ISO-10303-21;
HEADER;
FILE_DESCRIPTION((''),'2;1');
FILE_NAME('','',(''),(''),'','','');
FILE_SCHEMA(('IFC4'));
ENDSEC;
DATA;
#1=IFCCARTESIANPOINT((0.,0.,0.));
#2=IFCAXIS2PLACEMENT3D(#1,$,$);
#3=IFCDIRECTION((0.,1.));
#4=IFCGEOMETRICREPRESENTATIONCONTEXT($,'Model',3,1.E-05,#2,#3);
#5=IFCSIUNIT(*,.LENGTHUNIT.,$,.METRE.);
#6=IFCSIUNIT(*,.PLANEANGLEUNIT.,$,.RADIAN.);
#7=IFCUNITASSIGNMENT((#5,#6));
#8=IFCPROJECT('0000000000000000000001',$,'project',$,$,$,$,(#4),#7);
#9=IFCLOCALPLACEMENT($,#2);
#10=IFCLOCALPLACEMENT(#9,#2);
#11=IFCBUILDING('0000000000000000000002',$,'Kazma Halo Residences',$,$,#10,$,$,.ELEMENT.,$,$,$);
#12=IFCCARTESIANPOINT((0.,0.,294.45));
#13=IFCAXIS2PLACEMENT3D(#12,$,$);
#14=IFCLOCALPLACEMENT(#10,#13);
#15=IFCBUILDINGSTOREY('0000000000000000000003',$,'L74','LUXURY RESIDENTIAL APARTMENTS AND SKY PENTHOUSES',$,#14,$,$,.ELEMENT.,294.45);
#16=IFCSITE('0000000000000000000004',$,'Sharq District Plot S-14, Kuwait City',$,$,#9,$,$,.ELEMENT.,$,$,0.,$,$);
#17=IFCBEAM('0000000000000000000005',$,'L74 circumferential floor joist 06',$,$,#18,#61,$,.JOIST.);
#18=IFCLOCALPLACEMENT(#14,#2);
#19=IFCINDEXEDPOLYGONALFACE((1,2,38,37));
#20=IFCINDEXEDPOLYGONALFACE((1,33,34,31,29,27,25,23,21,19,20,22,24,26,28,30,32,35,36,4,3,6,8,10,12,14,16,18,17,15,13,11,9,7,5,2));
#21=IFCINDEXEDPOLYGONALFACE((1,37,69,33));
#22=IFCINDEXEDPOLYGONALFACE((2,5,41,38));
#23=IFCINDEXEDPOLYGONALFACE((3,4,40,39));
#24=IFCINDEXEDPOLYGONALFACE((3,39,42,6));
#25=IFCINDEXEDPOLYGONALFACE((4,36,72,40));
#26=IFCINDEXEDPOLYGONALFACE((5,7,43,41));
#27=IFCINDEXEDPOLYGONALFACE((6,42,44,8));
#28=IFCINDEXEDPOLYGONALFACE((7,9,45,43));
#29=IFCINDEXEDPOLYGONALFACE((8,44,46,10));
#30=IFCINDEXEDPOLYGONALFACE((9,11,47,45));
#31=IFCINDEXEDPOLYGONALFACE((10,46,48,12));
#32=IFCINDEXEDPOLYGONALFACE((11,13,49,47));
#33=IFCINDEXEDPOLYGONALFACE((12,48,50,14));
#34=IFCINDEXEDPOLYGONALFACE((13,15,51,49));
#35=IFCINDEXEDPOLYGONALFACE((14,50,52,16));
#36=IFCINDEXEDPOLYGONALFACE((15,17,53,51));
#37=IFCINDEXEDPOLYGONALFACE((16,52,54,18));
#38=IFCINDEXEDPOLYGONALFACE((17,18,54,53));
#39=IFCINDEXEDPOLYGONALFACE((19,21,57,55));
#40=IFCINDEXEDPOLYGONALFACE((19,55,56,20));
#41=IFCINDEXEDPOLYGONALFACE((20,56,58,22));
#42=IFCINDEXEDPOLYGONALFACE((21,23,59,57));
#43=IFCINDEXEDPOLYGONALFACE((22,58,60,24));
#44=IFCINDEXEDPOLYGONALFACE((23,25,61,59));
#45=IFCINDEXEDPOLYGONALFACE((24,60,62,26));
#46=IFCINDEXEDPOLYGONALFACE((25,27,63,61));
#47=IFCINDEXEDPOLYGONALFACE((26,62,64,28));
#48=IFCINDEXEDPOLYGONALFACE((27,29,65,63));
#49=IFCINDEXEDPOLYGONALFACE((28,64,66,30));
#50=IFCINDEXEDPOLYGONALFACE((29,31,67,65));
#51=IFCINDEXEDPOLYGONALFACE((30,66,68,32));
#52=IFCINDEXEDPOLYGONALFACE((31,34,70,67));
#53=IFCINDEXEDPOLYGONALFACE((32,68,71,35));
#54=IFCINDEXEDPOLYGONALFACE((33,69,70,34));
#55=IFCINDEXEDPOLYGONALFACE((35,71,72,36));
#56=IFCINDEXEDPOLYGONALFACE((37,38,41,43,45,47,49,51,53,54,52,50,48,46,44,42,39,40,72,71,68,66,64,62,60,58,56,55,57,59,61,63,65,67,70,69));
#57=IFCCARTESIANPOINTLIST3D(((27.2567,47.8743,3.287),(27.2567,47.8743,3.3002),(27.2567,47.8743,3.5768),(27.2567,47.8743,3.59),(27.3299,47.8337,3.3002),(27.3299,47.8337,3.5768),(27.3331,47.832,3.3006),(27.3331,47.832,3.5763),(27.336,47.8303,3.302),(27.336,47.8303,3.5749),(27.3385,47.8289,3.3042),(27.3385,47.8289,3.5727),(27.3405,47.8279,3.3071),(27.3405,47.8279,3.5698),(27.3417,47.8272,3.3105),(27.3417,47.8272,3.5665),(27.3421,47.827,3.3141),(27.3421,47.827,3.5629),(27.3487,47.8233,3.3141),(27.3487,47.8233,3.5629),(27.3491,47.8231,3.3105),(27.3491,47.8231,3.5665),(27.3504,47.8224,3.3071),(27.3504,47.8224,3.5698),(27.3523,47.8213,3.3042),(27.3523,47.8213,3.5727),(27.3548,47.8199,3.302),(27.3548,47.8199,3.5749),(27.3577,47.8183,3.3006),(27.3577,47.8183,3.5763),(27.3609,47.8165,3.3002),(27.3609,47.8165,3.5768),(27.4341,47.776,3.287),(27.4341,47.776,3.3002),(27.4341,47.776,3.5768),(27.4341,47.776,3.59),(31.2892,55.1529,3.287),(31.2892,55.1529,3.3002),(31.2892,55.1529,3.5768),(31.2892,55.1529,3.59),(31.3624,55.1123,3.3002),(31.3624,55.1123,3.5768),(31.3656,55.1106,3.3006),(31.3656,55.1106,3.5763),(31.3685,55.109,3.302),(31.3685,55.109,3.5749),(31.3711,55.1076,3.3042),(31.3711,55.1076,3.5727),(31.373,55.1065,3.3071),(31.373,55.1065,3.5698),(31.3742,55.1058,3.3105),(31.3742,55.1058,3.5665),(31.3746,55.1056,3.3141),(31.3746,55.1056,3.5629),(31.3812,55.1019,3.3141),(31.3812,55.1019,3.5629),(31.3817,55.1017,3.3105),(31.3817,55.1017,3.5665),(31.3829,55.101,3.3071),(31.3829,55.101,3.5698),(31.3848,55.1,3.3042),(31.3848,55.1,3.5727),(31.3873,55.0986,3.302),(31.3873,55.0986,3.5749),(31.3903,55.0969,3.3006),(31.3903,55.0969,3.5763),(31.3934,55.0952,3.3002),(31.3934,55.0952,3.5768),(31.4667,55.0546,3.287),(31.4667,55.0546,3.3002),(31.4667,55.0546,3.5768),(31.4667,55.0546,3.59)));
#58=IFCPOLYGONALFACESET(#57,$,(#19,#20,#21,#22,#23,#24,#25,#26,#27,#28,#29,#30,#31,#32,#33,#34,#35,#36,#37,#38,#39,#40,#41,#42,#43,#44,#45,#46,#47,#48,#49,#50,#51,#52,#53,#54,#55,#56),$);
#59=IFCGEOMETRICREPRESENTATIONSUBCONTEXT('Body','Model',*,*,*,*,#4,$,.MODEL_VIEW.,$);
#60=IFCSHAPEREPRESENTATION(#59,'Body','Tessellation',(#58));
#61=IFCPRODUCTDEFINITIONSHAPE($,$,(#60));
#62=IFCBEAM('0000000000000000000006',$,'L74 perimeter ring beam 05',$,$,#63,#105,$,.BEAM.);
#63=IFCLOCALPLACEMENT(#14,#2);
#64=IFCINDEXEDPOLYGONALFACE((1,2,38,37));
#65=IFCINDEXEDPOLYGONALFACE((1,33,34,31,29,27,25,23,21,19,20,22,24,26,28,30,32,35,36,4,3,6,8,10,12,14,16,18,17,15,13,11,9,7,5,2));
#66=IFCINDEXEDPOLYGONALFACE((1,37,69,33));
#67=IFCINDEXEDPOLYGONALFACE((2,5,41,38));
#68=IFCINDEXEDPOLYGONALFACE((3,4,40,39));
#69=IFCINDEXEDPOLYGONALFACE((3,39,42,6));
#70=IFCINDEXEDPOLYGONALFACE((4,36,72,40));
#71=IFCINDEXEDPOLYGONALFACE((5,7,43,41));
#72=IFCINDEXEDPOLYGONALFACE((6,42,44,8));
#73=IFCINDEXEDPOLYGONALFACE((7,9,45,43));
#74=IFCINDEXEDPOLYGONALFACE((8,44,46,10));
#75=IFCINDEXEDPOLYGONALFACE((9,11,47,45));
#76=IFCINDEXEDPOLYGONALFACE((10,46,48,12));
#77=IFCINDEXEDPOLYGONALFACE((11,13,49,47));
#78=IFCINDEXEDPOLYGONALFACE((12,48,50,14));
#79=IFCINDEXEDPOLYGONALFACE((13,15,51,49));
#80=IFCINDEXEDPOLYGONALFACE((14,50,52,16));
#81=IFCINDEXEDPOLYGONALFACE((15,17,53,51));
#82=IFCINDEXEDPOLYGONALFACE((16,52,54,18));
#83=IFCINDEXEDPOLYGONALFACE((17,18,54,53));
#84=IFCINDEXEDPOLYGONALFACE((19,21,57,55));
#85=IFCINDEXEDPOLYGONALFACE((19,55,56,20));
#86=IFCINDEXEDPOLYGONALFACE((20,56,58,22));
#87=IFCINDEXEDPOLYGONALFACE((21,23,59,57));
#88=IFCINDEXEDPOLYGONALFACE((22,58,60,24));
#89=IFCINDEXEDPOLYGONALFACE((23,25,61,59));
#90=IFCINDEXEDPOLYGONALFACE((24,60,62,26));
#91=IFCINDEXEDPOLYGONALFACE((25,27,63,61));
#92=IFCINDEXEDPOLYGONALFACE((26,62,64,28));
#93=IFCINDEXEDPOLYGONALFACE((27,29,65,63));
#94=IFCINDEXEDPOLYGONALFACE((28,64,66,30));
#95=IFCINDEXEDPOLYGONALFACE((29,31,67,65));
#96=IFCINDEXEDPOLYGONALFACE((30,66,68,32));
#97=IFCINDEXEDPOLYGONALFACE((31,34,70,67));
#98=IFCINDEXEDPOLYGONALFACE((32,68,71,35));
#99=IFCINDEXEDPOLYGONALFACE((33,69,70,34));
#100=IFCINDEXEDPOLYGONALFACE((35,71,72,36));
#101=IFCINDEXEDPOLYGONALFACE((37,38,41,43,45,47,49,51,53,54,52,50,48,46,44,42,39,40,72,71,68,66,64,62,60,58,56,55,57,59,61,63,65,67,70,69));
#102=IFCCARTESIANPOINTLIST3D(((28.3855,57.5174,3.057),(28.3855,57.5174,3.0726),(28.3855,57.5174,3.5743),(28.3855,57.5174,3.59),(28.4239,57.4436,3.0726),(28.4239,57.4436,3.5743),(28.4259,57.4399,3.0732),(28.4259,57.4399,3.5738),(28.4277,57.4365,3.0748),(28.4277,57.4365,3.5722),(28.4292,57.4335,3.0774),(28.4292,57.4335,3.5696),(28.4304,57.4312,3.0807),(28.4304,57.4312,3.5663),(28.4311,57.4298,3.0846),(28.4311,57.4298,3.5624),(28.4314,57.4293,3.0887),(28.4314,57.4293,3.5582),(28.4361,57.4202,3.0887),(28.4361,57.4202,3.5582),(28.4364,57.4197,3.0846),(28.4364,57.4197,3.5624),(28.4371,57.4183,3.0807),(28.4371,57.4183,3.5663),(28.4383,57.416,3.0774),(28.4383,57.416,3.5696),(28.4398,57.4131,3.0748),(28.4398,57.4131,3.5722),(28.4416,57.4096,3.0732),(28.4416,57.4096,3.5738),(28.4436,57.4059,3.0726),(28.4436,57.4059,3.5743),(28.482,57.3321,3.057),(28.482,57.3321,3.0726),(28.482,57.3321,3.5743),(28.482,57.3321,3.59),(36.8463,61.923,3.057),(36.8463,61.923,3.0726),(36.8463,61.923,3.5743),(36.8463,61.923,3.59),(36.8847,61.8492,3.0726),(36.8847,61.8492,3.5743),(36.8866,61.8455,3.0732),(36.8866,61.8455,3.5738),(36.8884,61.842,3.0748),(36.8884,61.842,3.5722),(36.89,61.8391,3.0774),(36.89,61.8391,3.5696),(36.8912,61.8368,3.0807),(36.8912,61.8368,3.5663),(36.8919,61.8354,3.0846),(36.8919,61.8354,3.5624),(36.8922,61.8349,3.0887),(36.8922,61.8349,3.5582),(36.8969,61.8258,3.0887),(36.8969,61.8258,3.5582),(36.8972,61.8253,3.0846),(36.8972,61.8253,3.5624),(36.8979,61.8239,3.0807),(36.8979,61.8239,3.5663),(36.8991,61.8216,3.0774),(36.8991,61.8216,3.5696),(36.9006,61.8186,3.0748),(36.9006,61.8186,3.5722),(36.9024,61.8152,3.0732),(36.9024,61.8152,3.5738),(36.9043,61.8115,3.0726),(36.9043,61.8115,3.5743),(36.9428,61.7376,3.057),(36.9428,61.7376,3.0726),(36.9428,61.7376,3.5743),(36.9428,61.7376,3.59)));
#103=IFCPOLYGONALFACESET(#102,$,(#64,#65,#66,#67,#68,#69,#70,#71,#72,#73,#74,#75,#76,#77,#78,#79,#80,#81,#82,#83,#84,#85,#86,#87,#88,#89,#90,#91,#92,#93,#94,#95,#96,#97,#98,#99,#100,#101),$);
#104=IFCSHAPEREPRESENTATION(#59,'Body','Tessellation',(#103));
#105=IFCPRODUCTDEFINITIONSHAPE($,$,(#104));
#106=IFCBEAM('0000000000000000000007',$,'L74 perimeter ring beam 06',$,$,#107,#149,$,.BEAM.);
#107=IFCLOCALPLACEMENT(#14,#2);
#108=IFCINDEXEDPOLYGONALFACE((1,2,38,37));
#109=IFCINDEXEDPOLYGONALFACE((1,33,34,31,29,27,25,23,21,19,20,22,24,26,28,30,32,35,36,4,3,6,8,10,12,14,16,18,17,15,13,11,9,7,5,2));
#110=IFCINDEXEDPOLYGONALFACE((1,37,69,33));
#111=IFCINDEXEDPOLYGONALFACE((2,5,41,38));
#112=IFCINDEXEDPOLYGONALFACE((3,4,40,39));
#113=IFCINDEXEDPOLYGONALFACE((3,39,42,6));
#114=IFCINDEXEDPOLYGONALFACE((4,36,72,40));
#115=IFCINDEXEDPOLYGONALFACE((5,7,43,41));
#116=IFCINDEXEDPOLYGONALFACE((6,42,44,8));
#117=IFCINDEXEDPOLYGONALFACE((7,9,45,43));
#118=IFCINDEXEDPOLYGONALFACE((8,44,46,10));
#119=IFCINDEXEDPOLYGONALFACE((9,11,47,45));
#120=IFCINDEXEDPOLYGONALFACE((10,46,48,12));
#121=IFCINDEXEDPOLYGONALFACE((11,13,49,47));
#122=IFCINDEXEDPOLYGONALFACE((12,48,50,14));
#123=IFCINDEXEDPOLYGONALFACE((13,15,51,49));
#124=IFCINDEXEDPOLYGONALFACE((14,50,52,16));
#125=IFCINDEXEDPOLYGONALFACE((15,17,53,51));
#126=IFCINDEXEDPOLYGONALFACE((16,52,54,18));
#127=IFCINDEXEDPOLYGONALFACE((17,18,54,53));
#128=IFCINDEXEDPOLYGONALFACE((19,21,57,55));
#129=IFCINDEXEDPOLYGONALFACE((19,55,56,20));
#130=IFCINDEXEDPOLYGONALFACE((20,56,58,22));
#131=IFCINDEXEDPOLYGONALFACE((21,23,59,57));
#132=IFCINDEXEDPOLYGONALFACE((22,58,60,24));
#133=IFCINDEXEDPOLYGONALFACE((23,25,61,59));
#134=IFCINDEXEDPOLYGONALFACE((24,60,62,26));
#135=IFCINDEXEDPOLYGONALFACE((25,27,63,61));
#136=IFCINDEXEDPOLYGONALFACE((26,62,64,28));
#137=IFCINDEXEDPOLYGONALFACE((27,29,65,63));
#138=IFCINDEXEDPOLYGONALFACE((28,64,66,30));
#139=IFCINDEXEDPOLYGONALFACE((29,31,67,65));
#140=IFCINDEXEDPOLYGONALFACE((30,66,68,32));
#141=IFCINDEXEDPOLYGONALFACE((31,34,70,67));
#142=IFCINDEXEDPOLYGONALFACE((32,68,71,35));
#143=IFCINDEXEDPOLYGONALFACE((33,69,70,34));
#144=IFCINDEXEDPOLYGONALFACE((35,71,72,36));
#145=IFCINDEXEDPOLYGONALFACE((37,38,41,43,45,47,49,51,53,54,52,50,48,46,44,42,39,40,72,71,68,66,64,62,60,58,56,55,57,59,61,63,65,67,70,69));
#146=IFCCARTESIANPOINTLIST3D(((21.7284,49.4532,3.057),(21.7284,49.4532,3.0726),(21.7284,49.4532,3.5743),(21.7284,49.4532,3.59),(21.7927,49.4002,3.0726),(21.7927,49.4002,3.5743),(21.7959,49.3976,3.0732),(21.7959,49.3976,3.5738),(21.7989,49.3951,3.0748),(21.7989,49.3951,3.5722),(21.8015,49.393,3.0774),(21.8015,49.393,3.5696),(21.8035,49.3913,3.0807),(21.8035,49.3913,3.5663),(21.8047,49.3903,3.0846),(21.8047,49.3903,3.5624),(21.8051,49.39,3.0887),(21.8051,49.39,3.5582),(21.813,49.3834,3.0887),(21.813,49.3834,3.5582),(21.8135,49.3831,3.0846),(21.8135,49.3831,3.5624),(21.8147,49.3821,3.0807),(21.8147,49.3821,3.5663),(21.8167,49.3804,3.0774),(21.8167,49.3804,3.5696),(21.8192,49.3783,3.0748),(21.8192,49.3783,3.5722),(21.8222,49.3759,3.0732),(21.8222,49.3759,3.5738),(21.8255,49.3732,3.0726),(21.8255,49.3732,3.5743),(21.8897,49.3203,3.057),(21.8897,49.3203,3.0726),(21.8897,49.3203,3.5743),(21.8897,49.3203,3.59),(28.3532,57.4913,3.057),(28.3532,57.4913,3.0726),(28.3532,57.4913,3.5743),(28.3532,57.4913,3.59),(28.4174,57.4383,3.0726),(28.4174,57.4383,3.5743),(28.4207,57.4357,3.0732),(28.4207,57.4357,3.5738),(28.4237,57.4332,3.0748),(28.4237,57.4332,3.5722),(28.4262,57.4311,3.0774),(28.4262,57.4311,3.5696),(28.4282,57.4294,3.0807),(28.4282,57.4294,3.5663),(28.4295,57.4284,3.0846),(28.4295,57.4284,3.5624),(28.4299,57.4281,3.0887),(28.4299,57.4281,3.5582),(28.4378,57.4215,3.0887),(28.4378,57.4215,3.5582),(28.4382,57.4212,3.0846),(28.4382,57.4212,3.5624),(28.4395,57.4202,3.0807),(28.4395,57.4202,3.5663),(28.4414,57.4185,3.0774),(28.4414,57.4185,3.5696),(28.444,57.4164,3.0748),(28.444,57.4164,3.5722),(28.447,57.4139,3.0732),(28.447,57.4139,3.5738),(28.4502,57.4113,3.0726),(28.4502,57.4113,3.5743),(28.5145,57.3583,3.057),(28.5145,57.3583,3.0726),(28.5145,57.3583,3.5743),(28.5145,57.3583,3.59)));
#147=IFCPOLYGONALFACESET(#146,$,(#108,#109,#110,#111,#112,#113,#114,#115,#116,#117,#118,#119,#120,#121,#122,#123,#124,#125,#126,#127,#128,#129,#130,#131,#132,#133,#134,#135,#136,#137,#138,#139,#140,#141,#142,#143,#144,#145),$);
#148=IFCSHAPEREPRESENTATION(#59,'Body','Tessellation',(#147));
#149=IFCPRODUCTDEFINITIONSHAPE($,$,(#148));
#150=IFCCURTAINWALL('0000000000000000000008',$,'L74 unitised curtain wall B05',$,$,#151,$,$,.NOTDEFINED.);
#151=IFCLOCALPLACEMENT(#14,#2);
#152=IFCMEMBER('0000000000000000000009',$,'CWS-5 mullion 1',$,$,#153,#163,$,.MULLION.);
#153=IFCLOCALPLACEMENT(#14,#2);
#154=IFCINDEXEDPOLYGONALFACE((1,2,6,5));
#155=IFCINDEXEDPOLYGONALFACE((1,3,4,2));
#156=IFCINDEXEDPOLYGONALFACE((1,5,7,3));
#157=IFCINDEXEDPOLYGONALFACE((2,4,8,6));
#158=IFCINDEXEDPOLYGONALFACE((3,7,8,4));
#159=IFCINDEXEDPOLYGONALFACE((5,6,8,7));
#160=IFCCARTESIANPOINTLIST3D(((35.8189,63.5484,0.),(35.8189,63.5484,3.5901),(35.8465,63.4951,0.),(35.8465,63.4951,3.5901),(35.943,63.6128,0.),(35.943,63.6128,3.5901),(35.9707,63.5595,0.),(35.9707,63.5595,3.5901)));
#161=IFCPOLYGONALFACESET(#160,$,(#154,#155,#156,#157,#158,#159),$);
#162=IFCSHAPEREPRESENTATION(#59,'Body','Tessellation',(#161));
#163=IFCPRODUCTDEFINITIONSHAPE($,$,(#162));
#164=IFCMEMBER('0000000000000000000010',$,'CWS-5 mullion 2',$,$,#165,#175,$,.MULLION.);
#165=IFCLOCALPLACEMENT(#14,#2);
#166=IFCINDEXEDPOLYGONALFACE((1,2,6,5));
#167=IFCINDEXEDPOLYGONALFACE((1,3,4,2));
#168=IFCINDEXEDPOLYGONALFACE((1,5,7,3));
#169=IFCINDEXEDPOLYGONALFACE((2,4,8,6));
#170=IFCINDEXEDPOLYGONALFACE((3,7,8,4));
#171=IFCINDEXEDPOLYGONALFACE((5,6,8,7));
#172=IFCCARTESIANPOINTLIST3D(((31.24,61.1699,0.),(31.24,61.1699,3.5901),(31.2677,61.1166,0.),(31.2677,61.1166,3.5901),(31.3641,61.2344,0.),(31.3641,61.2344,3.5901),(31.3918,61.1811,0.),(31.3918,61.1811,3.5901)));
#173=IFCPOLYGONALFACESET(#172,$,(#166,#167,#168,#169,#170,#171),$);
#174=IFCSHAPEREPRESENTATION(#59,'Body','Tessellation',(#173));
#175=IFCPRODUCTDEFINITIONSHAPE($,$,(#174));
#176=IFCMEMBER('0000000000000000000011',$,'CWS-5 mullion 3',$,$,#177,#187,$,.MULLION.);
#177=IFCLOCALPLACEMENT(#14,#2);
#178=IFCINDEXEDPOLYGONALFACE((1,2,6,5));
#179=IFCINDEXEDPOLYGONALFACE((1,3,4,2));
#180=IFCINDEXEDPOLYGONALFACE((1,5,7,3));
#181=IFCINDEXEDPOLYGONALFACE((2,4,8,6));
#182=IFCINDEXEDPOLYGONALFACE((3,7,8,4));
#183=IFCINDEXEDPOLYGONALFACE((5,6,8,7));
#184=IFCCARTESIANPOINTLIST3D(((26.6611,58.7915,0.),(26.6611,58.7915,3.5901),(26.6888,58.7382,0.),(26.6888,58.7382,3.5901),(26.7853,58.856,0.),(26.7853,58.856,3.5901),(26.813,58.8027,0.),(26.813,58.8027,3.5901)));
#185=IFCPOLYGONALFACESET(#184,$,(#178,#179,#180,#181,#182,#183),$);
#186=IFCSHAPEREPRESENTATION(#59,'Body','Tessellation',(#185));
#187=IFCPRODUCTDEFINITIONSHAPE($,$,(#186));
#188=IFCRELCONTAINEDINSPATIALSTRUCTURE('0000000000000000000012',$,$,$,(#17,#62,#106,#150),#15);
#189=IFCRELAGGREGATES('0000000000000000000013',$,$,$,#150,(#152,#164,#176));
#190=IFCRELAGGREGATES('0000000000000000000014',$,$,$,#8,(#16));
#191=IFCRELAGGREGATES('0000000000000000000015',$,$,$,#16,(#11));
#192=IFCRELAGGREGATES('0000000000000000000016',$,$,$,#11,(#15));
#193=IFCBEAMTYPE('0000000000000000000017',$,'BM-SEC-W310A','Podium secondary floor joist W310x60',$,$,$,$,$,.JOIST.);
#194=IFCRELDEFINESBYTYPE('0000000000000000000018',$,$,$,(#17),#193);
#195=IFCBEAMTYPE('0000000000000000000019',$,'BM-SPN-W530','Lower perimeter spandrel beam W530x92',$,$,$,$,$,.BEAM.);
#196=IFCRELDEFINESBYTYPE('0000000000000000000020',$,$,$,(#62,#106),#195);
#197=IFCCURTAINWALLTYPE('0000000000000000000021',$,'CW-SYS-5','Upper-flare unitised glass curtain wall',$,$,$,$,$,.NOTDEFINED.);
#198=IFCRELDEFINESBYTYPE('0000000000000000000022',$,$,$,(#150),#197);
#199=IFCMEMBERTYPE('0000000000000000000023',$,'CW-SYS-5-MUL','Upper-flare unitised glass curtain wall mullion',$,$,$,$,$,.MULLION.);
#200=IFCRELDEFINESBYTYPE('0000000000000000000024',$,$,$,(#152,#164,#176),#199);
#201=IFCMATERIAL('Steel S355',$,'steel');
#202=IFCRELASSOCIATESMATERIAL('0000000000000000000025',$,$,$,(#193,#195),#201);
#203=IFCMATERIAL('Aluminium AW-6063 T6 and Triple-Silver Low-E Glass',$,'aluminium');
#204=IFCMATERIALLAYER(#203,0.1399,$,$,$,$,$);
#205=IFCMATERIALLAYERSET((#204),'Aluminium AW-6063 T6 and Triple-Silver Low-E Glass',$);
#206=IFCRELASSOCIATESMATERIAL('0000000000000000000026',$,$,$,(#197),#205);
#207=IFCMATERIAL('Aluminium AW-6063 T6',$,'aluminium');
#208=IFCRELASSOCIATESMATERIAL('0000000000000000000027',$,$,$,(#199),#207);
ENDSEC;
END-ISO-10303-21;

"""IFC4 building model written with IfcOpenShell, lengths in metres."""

from ifc_helpers import new_model, si_unit, direction, frame, origin, origin_2d, place, context, subcontext, project, spatial, rectangle, i_section, extrude, material, layer, layer_set, material_profile, profile_set, type_object, element, aggregate, save


model = new_model("IFC4")

# Units and contexts
model_context = context("Model", 3, precision=1e-05, world=origin(), true_north=direction((0.0, 1.0)))
body_context = subcontext(model_context, "Body", "Model", "MODEL_VIEW")
ifc_project = project(units=[si_unit("LENGTHUNIT", "METRE"), si_unit("PLANEANGLEUNIT", "RADIAN")], contexts=[model_context])

# Site, building, storey
site_placement = place(None, origin())
site = spatial("IfcSite", under=ifc_project, at=site_placement, Name="Sharq District Plot S-14, Kuwait City", CompositionType="ELEMENT", RefElevation=0.0)
building_placement = place(site_placement, origin())
building = spatial("IfcBuilding", under=site, at=building_placement, Name="Kazma Halo Residences", CompositionType="ELEMENT")
storey_placement = place(building_placement, frame((0.0, 0.0, 294.45)))
storey = spatial("IfcBuildingStorey", under=building, at=storey_placement, Name="L74", Description="LUXURY RESIDENTIAL APARTMENTS AND SKY PENTHOUSES", CompositionType="ELEMENT", Elevation=294.45)

# Beams
ifc_material_1 = material(Name="Steel S355", Category="steel")
ifc_material_profile_1 = material_profile(ifc_material_1, i_section(OverallWidth=0.2029, OverallDepth=0.303, WebThickness=0.0076, FlangeThickness=0.0132, FilletRadius=0.0139, at=origin_2d()), Name="W310x60")
ifc_profile_set_1 = profile_set([ifc_material_profile_1], Name="Steel S355")
beam_type_1 = type_object("IfcBeamType", Name="BM-SEC-W310A", Description="Podium secondary floor joist W310x60", PredefinedType="JOIST", material=ifc_profile_set_1)
beam_1_placement = place(storey_placement, frame((31.3779, 55.1038, 3.4385), z_axis=(-0.484616, -0.874727, 0.0), x_axis=(0.874727, -0.484616, 0.0)))
element("IfcBeam", 1, at=beam_1_placement, inside=storey, type_object=beam_type_1, Name="L74 circumferential floor joist 06", PredefinedType="JOIST", context=body_context, shape_type="SweptSolid", body=[
    extrude(i_section(OverallWidth=0.2029, OverallDepth=0.303, WebThickness=0.0076, FlangeThickness=0.0132, FilletRadius=0.0139, at=origin_2d()), origin(), (0.0, 0.0, 1.0), 8.321),
])
ifc_material_profile_2 = material_profile(ifc_material_1, i_section(OverallWidth=0.209, OverallDepth=0.533, WebThickness=0.0103, FlangeThickness=0.0156, FilletRadius=0.0161, at=origin_2d()), Name="W530x92")
ifc_profile_set_2 = profile_set([ifc_material_profile_2], Name="Steel S355")
beam_type_2 = type_object("IfcBeamType", Name="BM-SPN-W530", Description="Lower perimeter spandrel beam W530x92", PredefinedType="BEAM", material=ifc_profile_set_2)
beam_2_placement = place(storey_placement, frame((36.8945, 61.8303, 3.3235), z_axis=(-0.886961, -0.461844, 0.0), x_axis=(0.461844, -0.886961, 0.0)))
element("IfcBeam", 2, at=beam_2_placement, inside=storey, type_object=beam_type_2, Name="L74 perimeter ring beam 05", PredefinedType="BEAM", context=body_context, shape_type="SweptSolid", body=[
    extrude(i_section(OverallWidth=0.209, OverallDepth=0.533, WebThickness=0.0103, FlangeThickness=0.0156, FilletRadius=0.0161, at=origin_2d()), origin(), (0.0, 0.0, 1.0), 9.5391),
])
beam_3_placement = place(storey_placement, frame((28.4338, 57.4248, 3.3235), z_axis=(-0.636002, -0.771687, 0.0), x_axis=(0.771687, -0.636002, 0.0)))
element("IfcBeam", 3, at=beam_3_placement, inside=storey, type_object=beam_type_2, Name="L74 perimeter ring beam 06", PredefinedType="BEAM", context=body_context, shape_type="SweptSolid", body=[
    extrude(i_section(OverallWidth=0.209, OverallDepth=0.533, WebThickness=0.0103, FlangeThickness=0.0156, FilletRadius=0.0161, at=origin_2d()), origin(), (0.0, 0.0, 1.0), 10.4163),
])

# Curtain wall, members
ifc_material_2 = material(Name="Aluminium AW-6063 T6 and Triple-Silver Low-E Glass", Category="aluminium")
ifc_layer_1 = layer(ifc_material_2, 0.1399)
ifc_layer_set_1 = layer_set([ifc_layer_1], Name="Aluminium AW-6063 T6 and Triple-Silver Low-E Glass")
curtain_wall_type = type_object("IfcCurtainWallType", Name="CW-SYS-5", Description="Upper-flare unitised glass curtain wall", PredefinedType="NOTDEFINED", material=ifc_layer_set_1)
curtain_wall_placement = place(storey_placement, origin())
curtain_wall = element("IfcCurtainWall", 4, at=curtain_wall_placement, inside=storey, type_object=curtain_wall_type, Name="L74 unitised curtain wall B05", PredefinedType="NOTDEFINED")
ifc_material_3 = material(Name="Aluminium AW-6063 T6", Category="aluminium")
ifc_material_profile_3 = material_profile(ifc_material_3, rectangle(XDim=0.0601, YDim=0.1399, at=origin_2d()), Name="CWM-60x140")
ifc_profile_set_3 = profile_set([ifc_material_profile_3], Name="Aluminium AW-6063 T6")
member_type_1 = type_object("IfcMemberType", Name="CW-SYS-5-MUL", Description="Upper-flare unitised glass curtain wall mullion", PredefinedType="MULLION", material=ifc_profile_set_3)
member_1_placement = place(storey_placement, frame((35.8948, 63.554, 0.0), z_axis=(0.0, 0.0, 1.0), x_axis=(0.460961, -0.887421, 0.0)))
member_1 = element("IfcMember", 5, at=member_1_placement, type_object=member_type_1, Name="CWS-5 mullion 1", PredefinedType="MULLION", context=body_context, shape_type="SweptSolid", body=[
    extrude(rectangle(XDim=0.0601, YDim=0.1399, at=origin_2d()), origin(), (0.0, 0.0, 1.0), 3.5901),
])
member_2_placement = place(storey_placement, frame((31.3159, 61.1755, 0.0), z_axis=(0.0, 0.0, 1.0), x_axis=(0.460961, -0.887421, 0.0)))
member_2 = element("IfcMember", 6, at=member_2_placement, type_object=member_type_1, Name="CWS-5 mullion 2", PredefinedType="MULLION", context=body_context, shape_type="SweptSolid", body=[
    extrude(rectangle(XDim=0.0601, YDim=0.1399, at=origin_2d()), origin(), (0.0, 0.0, 1.0), 3.5901),
])
member_3_placement = place(storey_placement, frame((26.7371, 58.7971, 0.0), z_axis=(0.0, 0.0, 1.0), x_axis=(0.460961, -0.887421, 0.0)))
member_3 = element("IfcMember", 7, at=member_3_placement, type_object=member_type_1, Name="CWS-5 mullion 3", PredefinedType="MULLION", context=body_context, shape_type="SweptSolid", body=[
    extrude(rectangle(XDim=0.0601, YDim=0.1399, at=origin_2d()), origin(), (0.0, 0.0, 1.0), 3.5901),
])
aggregate(curtain_wall, [member_1, member_2, member_3])

save(model, "model.ifc")
